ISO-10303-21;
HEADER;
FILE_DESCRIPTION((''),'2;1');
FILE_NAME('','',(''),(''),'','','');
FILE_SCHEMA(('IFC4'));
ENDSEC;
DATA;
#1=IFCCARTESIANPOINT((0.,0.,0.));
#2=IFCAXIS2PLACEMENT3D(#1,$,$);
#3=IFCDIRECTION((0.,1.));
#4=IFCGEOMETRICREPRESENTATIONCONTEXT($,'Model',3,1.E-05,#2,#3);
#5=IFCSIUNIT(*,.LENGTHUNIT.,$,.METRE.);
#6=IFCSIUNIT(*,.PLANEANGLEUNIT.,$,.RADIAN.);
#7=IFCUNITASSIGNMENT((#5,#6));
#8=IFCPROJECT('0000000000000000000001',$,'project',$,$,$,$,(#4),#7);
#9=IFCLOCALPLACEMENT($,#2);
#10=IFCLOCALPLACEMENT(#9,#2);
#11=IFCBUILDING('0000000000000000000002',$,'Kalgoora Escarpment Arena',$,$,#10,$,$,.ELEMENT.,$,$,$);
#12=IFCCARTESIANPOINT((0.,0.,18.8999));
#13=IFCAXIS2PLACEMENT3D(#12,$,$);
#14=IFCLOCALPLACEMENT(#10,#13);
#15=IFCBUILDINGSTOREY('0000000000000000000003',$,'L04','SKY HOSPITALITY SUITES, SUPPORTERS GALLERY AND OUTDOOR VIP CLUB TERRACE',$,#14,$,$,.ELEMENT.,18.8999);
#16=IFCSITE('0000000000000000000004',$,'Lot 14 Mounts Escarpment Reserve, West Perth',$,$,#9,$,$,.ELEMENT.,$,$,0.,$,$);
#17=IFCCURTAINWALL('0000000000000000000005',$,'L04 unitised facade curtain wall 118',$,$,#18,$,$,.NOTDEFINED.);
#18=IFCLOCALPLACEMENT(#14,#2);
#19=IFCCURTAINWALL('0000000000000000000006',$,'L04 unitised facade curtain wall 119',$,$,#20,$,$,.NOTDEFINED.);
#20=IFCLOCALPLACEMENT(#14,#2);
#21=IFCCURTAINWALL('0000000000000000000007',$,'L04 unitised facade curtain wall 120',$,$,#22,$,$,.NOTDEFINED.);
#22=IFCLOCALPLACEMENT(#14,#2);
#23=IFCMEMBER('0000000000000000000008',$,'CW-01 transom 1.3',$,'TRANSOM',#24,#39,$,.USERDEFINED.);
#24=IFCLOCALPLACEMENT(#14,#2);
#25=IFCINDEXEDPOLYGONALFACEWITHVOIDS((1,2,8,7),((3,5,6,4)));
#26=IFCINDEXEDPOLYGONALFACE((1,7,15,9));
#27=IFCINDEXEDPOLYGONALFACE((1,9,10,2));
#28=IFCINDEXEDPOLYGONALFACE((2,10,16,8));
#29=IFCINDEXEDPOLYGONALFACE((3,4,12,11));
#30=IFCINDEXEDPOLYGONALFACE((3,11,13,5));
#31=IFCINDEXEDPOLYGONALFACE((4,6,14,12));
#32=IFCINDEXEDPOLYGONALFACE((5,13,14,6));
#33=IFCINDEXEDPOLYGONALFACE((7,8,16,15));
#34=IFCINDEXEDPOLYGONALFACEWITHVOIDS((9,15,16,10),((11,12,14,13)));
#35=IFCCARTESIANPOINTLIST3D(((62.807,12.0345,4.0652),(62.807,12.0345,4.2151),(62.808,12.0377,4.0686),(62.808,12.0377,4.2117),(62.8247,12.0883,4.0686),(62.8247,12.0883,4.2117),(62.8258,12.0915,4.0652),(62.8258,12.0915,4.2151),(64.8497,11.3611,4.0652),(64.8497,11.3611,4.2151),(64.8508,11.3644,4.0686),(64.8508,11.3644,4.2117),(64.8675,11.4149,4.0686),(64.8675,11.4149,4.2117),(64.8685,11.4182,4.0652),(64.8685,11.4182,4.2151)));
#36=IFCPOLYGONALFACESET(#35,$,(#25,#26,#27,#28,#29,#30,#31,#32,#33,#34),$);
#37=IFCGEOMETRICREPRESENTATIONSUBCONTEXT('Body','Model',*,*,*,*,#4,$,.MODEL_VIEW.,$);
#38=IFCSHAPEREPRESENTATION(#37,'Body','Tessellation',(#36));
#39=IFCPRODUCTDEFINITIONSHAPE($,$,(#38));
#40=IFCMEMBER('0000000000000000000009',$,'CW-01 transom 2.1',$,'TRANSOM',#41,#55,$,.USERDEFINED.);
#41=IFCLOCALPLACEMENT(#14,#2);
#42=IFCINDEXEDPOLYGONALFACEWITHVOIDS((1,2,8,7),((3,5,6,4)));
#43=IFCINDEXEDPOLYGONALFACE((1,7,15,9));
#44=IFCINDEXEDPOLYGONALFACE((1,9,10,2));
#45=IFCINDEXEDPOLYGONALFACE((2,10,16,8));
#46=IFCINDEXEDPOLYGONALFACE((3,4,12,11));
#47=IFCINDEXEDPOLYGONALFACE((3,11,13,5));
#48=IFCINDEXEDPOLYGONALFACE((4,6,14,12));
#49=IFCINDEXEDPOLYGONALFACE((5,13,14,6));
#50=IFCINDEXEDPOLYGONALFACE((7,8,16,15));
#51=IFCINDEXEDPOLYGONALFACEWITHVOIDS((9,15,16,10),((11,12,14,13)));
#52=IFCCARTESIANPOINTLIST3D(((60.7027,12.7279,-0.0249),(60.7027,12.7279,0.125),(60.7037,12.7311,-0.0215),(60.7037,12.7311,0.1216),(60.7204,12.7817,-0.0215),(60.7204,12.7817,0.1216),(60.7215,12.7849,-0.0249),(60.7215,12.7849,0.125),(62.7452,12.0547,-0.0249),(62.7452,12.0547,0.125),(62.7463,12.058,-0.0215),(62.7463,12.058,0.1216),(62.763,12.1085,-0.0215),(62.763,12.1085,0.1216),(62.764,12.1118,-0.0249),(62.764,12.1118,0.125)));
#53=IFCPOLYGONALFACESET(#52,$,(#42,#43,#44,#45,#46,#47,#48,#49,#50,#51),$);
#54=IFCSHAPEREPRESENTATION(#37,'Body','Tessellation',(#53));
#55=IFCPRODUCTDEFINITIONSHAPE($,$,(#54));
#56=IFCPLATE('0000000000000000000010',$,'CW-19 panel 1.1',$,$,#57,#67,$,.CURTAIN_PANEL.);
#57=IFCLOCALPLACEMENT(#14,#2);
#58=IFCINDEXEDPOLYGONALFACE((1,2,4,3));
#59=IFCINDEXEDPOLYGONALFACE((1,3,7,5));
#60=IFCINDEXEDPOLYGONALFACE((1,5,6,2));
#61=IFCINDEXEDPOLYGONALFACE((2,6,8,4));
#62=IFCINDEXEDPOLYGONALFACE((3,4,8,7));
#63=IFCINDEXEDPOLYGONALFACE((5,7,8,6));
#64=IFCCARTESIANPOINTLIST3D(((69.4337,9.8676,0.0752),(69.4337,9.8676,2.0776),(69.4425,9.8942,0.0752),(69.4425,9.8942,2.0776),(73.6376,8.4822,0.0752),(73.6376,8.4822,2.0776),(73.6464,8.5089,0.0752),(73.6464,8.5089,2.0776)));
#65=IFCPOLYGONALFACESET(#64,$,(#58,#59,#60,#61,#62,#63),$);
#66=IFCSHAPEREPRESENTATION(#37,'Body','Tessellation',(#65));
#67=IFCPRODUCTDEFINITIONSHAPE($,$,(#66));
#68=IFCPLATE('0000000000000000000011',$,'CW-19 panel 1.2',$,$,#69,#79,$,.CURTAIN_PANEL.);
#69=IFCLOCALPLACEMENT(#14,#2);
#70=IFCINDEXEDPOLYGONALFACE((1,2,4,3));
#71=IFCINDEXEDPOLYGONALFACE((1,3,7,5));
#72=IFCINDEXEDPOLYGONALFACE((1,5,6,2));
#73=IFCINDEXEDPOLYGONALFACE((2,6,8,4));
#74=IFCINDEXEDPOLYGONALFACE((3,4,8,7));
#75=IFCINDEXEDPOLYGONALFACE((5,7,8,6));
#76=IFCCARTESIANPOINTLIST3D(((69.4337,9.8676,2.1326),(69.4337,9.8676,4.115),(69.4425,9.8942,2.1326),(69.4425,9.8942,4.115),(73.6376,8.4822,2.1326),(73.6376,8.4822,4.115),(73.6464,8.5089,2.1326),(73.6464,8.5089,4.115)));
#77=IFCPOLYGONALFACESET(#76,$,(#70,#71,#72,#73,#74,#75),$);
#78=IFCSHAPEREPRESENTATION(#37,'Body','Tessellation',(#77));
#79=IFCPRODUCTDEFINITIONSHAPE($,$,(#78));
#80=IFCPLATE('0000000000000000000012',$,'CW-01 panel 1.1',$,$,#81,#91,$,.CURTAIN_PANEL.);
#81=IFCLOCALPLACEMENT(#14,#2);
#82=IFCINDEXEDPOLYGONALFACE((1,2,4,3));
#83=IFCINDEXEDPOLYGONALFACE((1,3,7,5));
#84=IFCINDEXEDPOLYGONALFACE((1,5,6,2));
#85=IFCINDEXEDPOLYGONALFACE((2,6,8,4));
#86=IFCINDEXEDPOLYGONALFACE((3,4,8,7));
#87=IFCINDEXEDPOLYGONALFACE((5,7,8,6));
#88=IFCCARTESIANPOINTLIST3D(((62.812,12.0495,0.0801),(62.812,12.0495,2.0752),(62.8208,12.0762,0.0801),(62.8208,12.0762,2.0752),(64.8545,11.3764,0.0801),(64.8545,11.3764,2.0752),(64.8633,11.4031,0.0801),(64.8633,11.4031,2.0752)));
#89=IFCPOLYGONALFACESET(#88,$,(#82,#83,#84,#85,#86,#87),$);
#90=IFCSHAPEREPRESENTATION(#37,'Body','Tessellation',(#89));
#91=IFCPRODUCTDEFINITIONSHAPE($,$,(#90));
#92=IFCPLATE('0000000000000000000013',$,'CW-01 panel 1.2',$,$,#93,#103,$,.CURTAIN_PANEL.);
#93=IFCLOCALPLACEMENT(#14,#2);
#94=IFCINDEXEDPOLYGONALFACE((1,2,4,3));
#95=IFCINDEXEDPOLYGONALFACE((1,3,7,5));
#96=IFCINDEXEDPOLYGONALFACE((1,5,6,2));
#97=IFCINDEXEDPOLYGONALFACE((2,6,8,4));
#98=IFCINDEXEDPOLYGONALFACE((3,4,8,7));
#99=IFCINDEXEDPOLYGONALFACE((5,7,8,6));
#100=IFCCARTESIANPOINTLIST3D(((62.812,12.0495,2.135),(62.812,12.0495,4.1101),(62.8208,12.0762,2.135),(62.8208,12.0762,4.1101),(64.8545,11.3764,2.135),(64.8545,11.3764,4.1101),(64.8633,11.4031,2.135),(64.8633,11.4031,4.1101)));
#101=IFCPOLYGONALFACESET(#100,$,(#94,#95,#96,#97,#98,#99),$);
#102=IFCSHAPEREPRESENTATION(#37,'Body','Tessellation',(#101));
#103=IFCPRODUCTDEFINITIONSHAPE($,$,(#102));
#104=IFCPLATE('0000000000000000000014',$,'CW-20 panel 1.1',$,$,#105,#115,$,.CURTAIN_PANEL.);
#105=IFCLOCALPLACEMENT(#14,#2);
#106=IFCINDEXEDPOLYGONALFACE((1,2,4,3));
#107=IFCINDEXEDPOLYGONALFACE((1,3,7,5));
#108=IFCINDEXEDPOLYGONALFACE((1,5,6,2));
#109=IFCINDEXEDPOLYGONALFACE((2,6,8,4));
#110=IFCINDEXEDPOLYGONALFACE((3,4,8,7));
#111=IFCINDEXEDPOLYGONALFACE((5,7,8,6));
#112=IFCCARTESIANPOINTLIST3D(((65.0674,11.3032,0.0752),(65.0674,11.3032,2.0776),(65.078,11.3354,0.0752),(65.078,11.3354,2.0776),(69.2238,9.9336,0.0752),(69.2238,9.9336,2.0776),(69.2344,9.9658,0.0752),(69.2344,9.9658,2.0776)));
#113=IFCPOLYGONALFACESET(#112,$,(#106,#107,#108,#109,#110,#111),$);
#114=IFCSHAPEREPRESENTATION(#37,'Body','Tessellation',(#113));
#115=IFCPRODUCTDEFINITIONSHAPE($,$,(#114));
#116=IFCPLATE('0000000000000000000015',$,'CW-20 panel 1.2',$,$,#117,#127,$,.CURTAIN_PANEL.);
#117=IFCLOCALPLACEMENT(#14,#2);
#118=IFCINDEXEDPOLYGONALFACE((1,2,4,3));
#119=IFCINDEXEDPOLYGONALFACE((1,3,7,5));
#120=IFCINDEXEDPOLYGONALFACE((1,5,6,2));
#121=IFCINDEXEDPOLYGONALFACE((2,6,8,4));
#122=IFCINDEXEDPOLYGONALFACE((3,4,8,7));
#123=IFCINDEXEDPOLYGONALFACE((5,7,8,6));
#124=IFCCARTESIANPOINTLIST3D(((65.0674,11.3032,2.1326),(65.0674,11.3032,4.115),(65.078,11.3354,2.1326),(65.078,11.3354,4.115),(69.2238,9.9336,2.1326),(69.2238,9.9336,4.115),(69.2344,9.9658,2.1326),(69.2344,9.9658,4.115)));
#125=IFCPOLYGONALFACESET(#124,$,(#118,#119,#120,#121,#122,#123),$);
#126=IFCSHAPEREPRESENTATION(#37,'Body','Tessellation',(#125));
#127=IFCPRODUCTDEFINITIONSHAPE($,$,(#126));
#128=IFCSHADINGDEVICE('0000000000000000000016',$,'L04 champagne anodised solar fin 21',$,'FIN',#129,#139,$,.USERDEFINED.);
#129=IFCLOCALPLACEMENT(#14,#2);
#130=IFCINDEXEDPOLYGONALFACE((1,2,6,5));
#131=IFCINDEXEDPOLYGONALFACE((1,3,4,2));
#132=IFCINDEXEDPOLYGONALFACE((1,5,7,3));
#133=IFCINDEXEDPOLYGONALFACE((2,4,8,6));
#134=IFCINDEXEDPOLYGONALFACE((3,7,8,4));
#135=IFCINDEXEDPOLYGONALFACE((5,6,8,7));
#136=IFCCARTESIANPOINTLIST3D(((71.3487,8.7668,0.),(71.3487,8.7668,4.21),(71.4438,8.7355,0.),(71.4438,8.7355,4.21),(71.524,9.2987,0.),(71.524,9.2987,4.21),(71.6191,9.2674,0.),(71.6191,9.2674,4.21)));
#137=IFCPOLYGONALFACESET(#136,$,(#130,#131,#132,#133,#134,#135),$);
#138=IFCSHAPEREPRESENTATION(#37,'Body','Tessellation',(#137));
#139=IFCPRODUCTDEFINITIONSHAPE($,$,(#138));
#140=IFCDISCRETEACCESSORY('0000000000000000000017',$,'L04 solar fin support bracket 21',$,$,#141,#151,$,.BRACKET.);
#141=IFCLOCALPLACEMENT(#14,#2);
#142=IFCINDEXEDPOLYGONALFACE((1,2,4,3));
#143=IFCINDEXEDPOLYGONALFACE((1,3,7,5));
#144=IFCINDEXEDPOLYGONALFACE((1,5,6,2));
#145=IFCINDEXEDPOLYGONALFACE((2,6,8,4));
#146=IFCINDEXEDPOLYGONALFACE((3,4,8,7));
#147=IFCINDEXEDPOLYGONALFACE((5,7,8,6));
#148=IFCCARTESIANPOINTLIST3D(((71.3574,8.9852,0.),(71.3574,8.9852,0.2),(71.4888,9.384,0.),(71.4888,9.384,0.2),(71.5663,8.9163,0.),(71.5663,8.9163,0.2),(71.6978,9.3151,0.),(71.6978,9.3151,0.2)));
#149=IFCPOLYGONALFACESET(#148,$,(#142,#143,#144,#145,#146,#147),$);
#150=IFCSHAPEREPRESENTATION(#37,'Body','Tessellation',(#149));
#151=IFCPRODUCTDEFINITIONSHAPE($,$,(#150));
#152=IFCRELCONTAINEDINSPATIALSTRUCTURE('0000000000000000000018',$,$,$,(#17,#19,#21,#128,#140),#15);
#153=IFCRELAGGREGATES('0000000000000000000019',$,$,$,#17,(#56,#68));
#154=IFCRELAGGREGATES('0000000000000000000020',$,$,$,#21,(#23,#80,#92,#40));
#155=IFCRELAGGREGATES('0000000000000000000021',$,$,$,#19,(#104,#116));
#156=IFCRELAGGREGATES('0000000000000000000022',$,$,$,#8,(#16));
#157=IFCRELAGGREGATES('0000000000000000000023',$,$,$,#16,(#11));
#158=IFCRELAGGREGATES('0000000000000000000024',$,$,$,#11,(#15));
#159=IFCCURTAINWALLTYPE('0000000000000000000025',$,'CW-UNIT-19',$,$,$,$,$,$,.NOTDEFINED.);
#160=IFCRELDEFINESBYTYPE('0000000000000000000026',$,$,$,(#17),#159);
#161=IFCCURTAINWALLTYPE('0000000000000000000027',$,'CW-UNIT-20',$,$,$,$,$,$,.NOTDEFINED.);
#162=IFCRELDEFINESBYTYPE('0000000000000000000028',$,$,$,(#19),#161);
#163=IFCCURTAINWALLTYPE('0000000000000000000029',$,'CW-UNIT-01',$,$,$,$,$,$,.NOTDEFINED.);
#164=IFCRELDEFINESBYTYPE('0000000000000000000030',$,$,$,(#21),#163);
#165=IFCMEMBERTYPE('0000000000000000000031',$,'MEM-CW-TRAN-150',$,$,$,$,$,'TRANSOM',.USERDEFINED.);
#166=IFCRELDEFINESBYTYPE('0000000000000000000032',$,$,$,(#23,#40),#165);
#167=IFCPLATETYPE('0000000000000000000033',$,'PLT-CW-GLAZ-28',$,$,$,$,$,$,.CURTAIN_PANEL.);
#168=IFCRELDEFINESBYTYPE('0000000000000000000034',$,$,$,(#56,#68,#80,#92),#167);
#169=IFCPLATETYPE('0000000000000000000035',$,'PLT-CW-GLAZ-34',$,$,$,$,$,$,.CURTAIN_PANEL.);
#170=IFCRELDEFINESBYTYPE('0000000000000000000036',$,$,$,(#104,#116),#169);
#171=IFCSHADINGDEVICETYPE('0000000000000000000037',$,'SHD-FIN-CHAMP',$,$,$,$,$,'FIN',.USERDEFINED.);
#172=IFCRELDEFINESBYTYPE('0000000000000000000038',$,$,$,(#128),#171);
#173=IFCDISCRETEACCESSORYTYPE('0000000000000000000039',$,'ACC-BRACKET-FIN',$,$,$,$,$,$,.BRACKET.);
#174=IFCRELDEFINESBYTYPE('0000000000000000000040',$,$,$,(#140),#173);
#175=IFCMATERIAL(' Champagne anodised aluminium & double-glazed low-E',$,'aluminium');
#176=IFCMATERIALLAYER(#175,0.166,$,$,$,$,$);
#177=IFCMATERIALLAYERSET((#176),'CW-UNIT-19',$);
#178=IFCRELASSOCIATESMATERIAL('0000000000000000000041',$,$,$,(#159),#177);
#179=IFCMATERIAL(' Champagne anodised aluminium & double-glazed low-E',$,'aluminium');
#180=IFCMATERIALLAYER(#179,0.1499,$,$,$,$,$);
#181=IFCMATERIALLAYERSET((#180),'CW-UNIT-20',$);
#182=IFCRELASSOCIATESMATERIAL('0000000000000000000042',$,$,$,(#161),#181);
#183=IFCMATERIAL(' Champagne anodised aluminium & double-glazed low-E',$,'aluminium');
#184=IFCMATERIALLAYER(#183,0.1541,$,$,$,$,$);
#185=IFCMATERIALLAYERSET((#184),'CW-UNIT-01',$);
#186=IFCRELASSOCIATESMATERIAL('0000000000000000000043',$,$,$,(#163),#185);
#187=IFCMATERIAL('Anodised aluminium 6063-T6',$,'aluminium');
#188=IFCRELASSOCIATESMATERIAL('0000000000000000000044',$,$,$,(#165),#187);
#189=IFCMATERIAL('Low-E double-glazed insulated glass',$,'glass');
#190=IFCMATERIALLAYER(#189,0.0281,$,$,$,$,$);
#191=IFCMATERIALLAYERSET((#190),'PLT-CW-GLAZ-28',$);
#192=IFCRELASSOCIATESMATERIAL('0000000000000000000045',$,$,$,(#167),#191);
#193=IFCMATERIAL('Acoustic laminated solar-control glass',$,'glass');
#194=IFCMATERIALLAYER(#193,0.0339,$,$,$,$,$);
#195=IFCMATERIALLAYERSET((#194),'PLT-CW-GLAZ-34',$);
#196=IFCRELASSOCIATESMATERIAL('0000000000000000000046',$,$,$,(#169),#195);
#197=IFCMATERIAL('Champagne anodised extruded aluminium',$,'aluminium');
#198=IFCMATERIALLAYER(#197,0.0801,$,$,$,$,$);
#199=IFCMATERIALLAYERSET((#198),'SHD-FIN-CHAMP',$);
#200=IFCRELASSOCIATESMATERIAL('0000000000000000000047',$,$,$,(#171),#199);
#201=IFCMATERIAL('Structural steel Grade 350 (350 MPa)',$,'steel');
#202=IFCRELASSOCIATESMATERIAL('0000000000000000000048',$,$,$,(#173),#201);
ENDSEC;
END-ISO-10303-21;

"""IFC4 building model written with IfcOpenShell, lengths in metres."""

from ifc_helpers import new_model, si_unit, direction, frame, origin, origin_2d, place, context, subcontext, project, spatial, rectangle, hollow_rectangle, extrude, material, layer, layer_set, material_profile, profile_set, type_object, element, aggregate, save


model = new_model("IFC4")

# Units and contexts
model_context = context("Model", 3, precision=1e-05, world=origin(), true_north=direction((0.0, 1.0)))
body_context = subcontext(model_context, "Body", "Model", "MODEL_VIEW")
ifc_project = project(units=[si_unit("LENGTHUNIT", "METRE"), si_unit("PLANEANGLEUNIT", "RADIAN")], contexts=[model_context])

# Site, building, storey
site_placement = place(None, origin())
site = spatial("IfcSite", under=ifc_project, at=site_placement, Name="Lot 14 Mounts Escarpment Reserve, West Perth", CompositionType="ELEMENT", RefElevation=0.0)
building_placement = place(site_placement, origin())
building = spatial("IfcBuilding", under=site, at=building_placement, Name="Kalgoora Escarpment Arena", CompositionType="ELEMENT")
storey_placement = place(building_placement, frame((0.0, 0.0, 18.8999)))
storey = spatial("IfcBuildingStorey", under=building, at=storey_placement, Name="L04", Description="SKY HOSPITALITY SUITES, SUPPORTERS GALLERY AND OUTDOOR VIP CLUB TERRACE", CompositionType="ELEMENT", Elevation=18.8999)

# Curtain wall
ifc_material_1 = material(Name=" Champagne anodised aluminium & double-glazed low-E", Category="aluminium")
ifc_layer_1 = layer(ifc_material_1, 0.166)
ifc_layer_set_1 = layer_set([ifc_layer_1], Name="CW-UNIT-19")
curtain_wall_type_1 = type_object("IfcCurtainWallType", Name="CW-UNIT-19", PredefinedType="NOTDEFINED", material=ifc_layer_set_1)
curtain_wall_1_placement = place(storey_placement, origin())
curtain_wall_1 = element("IfcCurtainWall", 1, at=curtain_wall_1_placement, inside=storey, type_object=curtain_wall_type_1, Name="L04 unitised facade curtain wall 118", PredefinedType="NOTDEFINED")

# Curtain walls
ifc_material_2 = material(Name=" Champagne anodised aluminium & double-glazed low-E", Category="aluminium")
ifc_layer_2 = layer(ifc_material_2, 0.1499)
ifc_layer_set_2 = layer_set([ifc_layer_2], Name="CW-UNIT-20")
curtain_wall_type_2 = type_object("IfcCurtainWallType", Name="CW-UNIT-20", PredefinedType="NOTDEFINED", material=ifc_layer_set_2)
curtain_wall_2_placement = place(storey_placement, origin())
curtain_wall_2 = element("IfcCurtainWall", 2, at=curtain_wall_2_placement, inside=storey, type_object=curtain_wall_type_2, Name="L04 unitised facade curtain wall 119", PredefinedType="NOTDEFINED")
ifc_material_3 = material(Name=" Champagne anodised aluminium & double-glazed low-E", Category="aluminium")
ifc_layer_3 = layer(ifc_material_3, 0.1541)
ifc_layer_set_3 = layer_set([ifc_layer_3], Name="CW-UNIT-01")
curtain_wall_type_3 = type_object("IfcCurtainWallType", Name="CW-UNIT-01", PredefinedType="NOTDEFINED", material=ifc_layer_set_3)
curtain_wall_3_placement = place(storey_placement, origin())
curtain_wall_3 = element("IfcCurtainWall", 3, at=curtain_wall_3_placement, inside=storey, type_object=curtain_wall_type_3, Name="L04 unitised facade curtain wall 120", PredefinedType="NOTDEFINED")

# Members
ifc_material_4 = material(Name="Anodised aluminium 6063-T6", Category="aluminium")
ifc_material_profile_1 = material_profile(ifc_material_4, hollow_rectangle(XDim=0.0601, YDim=0.1499, WallThickness=0.0034, at=origin_2d()))
ifc_profile_set_1 = profile_set([ifc_material_profile_1], Name="Anodised aluminium 6063-T6")
member_type_1 = type_object("IfcMemberType", Name="MEM-CW-TRAN-150", ElementType="TRANSOM", PredefinedType="USERDEFINED", material=ifc_profile_set_1)
member_1_placement = place(storey_placement, frame((64.8591, 11.3896, 4.1401), z_axis=(-0.949734, 0.313059, 0.0), x_axis=(-0.313059, -0.949734, 0.0)))
member_1 = element("IfcMember", 4, at=member_1_placement, type_object=member_type_1, Name="CW-01 transom 1.3", ObjectType="TRANSOM", PredefinedType="USERDEFINED", context=body_context, shape_type="SweptSolid", body=[
    extrude(hollow_rectangle(XDim=0.0601, YDim=0.1499, WallThickness=0.0034, at=origin_2d()), origin(), (0.0, 0.0, 1.0), 2.1509),
])
member_2_placement = place(storey_placement, frame((62.7546, 12.0833, 0.05), z_axis=(-0.949756, 0.31299, 0.0), x_axis=(-0.31299, -0.949756, 0.0)))
member_2 = element("IfcMember", 5, at=member_2_placement, type_object=member_type_1, Name="CW-01 transom 2.1", ObjectType="TRANSOM", PredefinedType="USERDEFINED", context=body_context, shape_type="SweptSolid", body=[
    extrude(hollow_rectangle(XDim=0.0601, YDim=0.1499, WallThickness=0.0034, at=origin_2d()), origin(), (0.0, 0.0, 1.0), 2.1506),
])

# Plates
ifc_material_5 = material(Name="Low-E double-glazed insulated glass", Category="glass")
ifc_layer_4 = layer(ifc_material_5, 0.0281)
ifc_layer_set_4 = layer_set([ifc_layer_4], Name="PLT-CW-GLAZ-28")
plate_type_1 = type_object("IfcPlateType", Name="PLT-CW-GLAZ-28", PredefinedType="CURTAIN_PANEL", material=ifc_layer_set_4)
plate_1_placement = place(storey_placement, frame((71.54, 9.1882, 0.0752), z_axis=(0.0, 0.0, 1.0), x_axis=(-0.94976, 0.312979, 0.0)))
plate_1 = element("IfcPlate", 6, at=plate_1_placement, type_object=plate_type_1, Name="CW-19 panel 1.1", PredefinedType="CURTAIN_PANEL", context=body_context, shape_type="SweptSolid", body=[
    extrude(rectangle(XDim=4.4263, YDim=0.0281, at=origin_2d()), origin(), (0.0, 0.0, 1.0), 2.0024),
])
plate_2_placement = place(storey_placement, frame((71.54, 9.1882, 2.1326), z_axis=(0.0, 0.0, 1.0), x_axis=(-0.94976, 0.312979, 0.0)))
plate_2 = element("IfcPlate", 7, at=plate_2_placement, type_object=plate_type_1, Name="CW-19 panel 1.2", PredefinedType="CURTAIN_PANEL", context=body_context, shape_type="SweptSolid", body=[
    extrude(rectangle(XDim=4.4263, YDim=0.0281, at=origin_2d()), origin(), (0.0, 0.0, 1.0), 1.9824),
])
aggregate(curtain_wall_1, [plate_1, plate_2])
plate_3_placement = place(storey_placement, frame((63.8376, 11.7263, 0.0801), z_axis=(0.0, 0.0, 1.0), x_axis=(-0.949756, 0.31299, 0.0)))
plate_3 = element("IfcPlate", 8, at=plate_3_placement, type_object=plate_type_1, Name="CW-01 panel 1.1", PredefinedType="CURTAIN_PANEL", context=body_context, shape_type="SweptSolid", body=[
    extrude(rectangle(XDim=2.1506, YDim=0.0281, at=origin_2d()), origin(), (0.0, 0.0, 1.0), 1.9951),
])
plate_4_placement = place(storey_placement, frame((63.8376, 11.7263, 2.135), z_axis=(0.0, 0.0, 1.0), x_axis=(-0.949756, 0.31299, 0.0)))
plate_4 = element("IfcPlate", 9, at=plate_4_placement, type_object=plate_type_1, Name="CW-01 panel 1.2", PredefinedType="CURTAIN_PANEL", context=body_context, shape_type="SweptSolid", body=[
    extrude(rectangle(XDim=2.1506, YDim=0.0281, at=origin_2d()), origin(), (0.0, 0.0, 1.0), 1.9751),
])
aggregate(curtain_wall_3, [member_1, plate_3, plate_4, member_2])
ifc_material_6 = material(Name="Acoustic laminated solar-control glass", Category="glass")
ifc_layer_5 = layer(ifc_material_6, 0.0339)
ifc_layer_set_5 = layer_set([ifc_layer_5], Name="PLT-CW-GLAZ-34")
plate_type_2 = type_object("IfcPlateType", Name="PLT-CW-GLAZ-34", PredefinedType="CURTAIN_PANEL", material=ifc_layer_set_5)
plate_5_placement = place(storey_placement, frame((67.1509, 10.6345, 0.0752), z_axis=(0.0, 0.0, 1.0), x_axis=(-0.949763, 0.31297, 0.0)))
plate_5 = element("IfcPlate", 10, at=plate_5_placement, type_object=plate_type_2, Name="CW-20 panel 1.1", PredefinedType="CURTAIN_PANEL", context=body_context, shape_type="SweptSolid", body=[
    extrude(rectangle(XDim=4.3762, YDim=0.0339, at=origin_2d()), origin(), (0.0, 0.0, 1.0), 2.0024),
])
plate_6_placement = place(storey_placement, frame((67.1509, 10.6345, 2.1326), z_axis=(0.0, 0.0, 1.0), x_axis=(-0.949763, 0.31297, 0.0)))
plate_6 = element("IfcPlate", 11, at=plate_6_placement, type_object=plate_type_2, Name="CW-20 panel 1.2", PredefinedType="CURTAIN_PANEL", context=body_context, shape_type="SweptSolid", body=[
    extrude(rectangle(XDim=4.3762, YDim=0.0339, at=origin_2d()), origin(), (0.0, 0.0, 1.0), 1.9824),
])
aggregate(curtain_wall_2, [plate_5, plate_6])

# Shading device
ifc_material_7 = material(Name="Champagne anodised extruded aluminium", Category="aluminium")
ifc_layer_6 = layer(ifc_material_7, 0.0801)
ifc_layer_set_6 = layer_set([ifc_layer_6], Name="SHD-FIN-CHAMP")
shading_device_type = type_object("IfcShadingDeviceType", Name="SHD-FIN-CHAMP", ElementType="FIN", PredefinedType="USERDEFINED", material=ifc_layer_set_6)
shading_device_placement = place(storey_placement, frame((71.4839, 9.0171, 0.0), z_axis=(0.0, 0.0, 1.0), x_axis=(-0.312998, -0.949754, 0.0)))
element("IfcShadingDevice", 12, at=shading_device_placement, inside=storey, type_object=shading_device_type, Name="L04 champagne anodised solar fin 21", ObjectType="FIN", PredefinedType="USERDEFINED", context=body_context, shape_type="SweptSolid", body=[
    extrude(rectangle(XDim=0.5601, YDim=0.1001, at=origin_2d()), origin(), (0.0, 0.0, 1.0), 4.21),
])

# Discrete accessory
ifc_material_8 = material(Name="Structural steel Grade 350 (350 MPa)", Category="steel")
discrete_accessory_type = type_object("IfcDiscreteAccessoryType", Name="ACC-BRACKET-FIN", PredefinedType="BRACKET", material=ifc_material_8)
discrete_accessory_placement = place(storey_placement, frame((71.5276, 9.1501, 0.0), z_axis=(0.0, 0.0, 1.0), x_axis=(-0.312998, -0.949754, 0.0)))
element("IfcDiscreteAccessory", 13, at=discrete_accessory_placement, inside=storey, type_object=discrete_accessory_type, Name="L04 solar fin support bracket 21", PredefinedType="BRACKET", context=body_context, shape_type="SweptSolid", body=[
    extrude(rectangle(XDim=0.4199, YDim=0.22, at=origin_2d()), origin(), (0.0, 0.0, 1.0), 0.2),
])

save(model, "model.ifc")
